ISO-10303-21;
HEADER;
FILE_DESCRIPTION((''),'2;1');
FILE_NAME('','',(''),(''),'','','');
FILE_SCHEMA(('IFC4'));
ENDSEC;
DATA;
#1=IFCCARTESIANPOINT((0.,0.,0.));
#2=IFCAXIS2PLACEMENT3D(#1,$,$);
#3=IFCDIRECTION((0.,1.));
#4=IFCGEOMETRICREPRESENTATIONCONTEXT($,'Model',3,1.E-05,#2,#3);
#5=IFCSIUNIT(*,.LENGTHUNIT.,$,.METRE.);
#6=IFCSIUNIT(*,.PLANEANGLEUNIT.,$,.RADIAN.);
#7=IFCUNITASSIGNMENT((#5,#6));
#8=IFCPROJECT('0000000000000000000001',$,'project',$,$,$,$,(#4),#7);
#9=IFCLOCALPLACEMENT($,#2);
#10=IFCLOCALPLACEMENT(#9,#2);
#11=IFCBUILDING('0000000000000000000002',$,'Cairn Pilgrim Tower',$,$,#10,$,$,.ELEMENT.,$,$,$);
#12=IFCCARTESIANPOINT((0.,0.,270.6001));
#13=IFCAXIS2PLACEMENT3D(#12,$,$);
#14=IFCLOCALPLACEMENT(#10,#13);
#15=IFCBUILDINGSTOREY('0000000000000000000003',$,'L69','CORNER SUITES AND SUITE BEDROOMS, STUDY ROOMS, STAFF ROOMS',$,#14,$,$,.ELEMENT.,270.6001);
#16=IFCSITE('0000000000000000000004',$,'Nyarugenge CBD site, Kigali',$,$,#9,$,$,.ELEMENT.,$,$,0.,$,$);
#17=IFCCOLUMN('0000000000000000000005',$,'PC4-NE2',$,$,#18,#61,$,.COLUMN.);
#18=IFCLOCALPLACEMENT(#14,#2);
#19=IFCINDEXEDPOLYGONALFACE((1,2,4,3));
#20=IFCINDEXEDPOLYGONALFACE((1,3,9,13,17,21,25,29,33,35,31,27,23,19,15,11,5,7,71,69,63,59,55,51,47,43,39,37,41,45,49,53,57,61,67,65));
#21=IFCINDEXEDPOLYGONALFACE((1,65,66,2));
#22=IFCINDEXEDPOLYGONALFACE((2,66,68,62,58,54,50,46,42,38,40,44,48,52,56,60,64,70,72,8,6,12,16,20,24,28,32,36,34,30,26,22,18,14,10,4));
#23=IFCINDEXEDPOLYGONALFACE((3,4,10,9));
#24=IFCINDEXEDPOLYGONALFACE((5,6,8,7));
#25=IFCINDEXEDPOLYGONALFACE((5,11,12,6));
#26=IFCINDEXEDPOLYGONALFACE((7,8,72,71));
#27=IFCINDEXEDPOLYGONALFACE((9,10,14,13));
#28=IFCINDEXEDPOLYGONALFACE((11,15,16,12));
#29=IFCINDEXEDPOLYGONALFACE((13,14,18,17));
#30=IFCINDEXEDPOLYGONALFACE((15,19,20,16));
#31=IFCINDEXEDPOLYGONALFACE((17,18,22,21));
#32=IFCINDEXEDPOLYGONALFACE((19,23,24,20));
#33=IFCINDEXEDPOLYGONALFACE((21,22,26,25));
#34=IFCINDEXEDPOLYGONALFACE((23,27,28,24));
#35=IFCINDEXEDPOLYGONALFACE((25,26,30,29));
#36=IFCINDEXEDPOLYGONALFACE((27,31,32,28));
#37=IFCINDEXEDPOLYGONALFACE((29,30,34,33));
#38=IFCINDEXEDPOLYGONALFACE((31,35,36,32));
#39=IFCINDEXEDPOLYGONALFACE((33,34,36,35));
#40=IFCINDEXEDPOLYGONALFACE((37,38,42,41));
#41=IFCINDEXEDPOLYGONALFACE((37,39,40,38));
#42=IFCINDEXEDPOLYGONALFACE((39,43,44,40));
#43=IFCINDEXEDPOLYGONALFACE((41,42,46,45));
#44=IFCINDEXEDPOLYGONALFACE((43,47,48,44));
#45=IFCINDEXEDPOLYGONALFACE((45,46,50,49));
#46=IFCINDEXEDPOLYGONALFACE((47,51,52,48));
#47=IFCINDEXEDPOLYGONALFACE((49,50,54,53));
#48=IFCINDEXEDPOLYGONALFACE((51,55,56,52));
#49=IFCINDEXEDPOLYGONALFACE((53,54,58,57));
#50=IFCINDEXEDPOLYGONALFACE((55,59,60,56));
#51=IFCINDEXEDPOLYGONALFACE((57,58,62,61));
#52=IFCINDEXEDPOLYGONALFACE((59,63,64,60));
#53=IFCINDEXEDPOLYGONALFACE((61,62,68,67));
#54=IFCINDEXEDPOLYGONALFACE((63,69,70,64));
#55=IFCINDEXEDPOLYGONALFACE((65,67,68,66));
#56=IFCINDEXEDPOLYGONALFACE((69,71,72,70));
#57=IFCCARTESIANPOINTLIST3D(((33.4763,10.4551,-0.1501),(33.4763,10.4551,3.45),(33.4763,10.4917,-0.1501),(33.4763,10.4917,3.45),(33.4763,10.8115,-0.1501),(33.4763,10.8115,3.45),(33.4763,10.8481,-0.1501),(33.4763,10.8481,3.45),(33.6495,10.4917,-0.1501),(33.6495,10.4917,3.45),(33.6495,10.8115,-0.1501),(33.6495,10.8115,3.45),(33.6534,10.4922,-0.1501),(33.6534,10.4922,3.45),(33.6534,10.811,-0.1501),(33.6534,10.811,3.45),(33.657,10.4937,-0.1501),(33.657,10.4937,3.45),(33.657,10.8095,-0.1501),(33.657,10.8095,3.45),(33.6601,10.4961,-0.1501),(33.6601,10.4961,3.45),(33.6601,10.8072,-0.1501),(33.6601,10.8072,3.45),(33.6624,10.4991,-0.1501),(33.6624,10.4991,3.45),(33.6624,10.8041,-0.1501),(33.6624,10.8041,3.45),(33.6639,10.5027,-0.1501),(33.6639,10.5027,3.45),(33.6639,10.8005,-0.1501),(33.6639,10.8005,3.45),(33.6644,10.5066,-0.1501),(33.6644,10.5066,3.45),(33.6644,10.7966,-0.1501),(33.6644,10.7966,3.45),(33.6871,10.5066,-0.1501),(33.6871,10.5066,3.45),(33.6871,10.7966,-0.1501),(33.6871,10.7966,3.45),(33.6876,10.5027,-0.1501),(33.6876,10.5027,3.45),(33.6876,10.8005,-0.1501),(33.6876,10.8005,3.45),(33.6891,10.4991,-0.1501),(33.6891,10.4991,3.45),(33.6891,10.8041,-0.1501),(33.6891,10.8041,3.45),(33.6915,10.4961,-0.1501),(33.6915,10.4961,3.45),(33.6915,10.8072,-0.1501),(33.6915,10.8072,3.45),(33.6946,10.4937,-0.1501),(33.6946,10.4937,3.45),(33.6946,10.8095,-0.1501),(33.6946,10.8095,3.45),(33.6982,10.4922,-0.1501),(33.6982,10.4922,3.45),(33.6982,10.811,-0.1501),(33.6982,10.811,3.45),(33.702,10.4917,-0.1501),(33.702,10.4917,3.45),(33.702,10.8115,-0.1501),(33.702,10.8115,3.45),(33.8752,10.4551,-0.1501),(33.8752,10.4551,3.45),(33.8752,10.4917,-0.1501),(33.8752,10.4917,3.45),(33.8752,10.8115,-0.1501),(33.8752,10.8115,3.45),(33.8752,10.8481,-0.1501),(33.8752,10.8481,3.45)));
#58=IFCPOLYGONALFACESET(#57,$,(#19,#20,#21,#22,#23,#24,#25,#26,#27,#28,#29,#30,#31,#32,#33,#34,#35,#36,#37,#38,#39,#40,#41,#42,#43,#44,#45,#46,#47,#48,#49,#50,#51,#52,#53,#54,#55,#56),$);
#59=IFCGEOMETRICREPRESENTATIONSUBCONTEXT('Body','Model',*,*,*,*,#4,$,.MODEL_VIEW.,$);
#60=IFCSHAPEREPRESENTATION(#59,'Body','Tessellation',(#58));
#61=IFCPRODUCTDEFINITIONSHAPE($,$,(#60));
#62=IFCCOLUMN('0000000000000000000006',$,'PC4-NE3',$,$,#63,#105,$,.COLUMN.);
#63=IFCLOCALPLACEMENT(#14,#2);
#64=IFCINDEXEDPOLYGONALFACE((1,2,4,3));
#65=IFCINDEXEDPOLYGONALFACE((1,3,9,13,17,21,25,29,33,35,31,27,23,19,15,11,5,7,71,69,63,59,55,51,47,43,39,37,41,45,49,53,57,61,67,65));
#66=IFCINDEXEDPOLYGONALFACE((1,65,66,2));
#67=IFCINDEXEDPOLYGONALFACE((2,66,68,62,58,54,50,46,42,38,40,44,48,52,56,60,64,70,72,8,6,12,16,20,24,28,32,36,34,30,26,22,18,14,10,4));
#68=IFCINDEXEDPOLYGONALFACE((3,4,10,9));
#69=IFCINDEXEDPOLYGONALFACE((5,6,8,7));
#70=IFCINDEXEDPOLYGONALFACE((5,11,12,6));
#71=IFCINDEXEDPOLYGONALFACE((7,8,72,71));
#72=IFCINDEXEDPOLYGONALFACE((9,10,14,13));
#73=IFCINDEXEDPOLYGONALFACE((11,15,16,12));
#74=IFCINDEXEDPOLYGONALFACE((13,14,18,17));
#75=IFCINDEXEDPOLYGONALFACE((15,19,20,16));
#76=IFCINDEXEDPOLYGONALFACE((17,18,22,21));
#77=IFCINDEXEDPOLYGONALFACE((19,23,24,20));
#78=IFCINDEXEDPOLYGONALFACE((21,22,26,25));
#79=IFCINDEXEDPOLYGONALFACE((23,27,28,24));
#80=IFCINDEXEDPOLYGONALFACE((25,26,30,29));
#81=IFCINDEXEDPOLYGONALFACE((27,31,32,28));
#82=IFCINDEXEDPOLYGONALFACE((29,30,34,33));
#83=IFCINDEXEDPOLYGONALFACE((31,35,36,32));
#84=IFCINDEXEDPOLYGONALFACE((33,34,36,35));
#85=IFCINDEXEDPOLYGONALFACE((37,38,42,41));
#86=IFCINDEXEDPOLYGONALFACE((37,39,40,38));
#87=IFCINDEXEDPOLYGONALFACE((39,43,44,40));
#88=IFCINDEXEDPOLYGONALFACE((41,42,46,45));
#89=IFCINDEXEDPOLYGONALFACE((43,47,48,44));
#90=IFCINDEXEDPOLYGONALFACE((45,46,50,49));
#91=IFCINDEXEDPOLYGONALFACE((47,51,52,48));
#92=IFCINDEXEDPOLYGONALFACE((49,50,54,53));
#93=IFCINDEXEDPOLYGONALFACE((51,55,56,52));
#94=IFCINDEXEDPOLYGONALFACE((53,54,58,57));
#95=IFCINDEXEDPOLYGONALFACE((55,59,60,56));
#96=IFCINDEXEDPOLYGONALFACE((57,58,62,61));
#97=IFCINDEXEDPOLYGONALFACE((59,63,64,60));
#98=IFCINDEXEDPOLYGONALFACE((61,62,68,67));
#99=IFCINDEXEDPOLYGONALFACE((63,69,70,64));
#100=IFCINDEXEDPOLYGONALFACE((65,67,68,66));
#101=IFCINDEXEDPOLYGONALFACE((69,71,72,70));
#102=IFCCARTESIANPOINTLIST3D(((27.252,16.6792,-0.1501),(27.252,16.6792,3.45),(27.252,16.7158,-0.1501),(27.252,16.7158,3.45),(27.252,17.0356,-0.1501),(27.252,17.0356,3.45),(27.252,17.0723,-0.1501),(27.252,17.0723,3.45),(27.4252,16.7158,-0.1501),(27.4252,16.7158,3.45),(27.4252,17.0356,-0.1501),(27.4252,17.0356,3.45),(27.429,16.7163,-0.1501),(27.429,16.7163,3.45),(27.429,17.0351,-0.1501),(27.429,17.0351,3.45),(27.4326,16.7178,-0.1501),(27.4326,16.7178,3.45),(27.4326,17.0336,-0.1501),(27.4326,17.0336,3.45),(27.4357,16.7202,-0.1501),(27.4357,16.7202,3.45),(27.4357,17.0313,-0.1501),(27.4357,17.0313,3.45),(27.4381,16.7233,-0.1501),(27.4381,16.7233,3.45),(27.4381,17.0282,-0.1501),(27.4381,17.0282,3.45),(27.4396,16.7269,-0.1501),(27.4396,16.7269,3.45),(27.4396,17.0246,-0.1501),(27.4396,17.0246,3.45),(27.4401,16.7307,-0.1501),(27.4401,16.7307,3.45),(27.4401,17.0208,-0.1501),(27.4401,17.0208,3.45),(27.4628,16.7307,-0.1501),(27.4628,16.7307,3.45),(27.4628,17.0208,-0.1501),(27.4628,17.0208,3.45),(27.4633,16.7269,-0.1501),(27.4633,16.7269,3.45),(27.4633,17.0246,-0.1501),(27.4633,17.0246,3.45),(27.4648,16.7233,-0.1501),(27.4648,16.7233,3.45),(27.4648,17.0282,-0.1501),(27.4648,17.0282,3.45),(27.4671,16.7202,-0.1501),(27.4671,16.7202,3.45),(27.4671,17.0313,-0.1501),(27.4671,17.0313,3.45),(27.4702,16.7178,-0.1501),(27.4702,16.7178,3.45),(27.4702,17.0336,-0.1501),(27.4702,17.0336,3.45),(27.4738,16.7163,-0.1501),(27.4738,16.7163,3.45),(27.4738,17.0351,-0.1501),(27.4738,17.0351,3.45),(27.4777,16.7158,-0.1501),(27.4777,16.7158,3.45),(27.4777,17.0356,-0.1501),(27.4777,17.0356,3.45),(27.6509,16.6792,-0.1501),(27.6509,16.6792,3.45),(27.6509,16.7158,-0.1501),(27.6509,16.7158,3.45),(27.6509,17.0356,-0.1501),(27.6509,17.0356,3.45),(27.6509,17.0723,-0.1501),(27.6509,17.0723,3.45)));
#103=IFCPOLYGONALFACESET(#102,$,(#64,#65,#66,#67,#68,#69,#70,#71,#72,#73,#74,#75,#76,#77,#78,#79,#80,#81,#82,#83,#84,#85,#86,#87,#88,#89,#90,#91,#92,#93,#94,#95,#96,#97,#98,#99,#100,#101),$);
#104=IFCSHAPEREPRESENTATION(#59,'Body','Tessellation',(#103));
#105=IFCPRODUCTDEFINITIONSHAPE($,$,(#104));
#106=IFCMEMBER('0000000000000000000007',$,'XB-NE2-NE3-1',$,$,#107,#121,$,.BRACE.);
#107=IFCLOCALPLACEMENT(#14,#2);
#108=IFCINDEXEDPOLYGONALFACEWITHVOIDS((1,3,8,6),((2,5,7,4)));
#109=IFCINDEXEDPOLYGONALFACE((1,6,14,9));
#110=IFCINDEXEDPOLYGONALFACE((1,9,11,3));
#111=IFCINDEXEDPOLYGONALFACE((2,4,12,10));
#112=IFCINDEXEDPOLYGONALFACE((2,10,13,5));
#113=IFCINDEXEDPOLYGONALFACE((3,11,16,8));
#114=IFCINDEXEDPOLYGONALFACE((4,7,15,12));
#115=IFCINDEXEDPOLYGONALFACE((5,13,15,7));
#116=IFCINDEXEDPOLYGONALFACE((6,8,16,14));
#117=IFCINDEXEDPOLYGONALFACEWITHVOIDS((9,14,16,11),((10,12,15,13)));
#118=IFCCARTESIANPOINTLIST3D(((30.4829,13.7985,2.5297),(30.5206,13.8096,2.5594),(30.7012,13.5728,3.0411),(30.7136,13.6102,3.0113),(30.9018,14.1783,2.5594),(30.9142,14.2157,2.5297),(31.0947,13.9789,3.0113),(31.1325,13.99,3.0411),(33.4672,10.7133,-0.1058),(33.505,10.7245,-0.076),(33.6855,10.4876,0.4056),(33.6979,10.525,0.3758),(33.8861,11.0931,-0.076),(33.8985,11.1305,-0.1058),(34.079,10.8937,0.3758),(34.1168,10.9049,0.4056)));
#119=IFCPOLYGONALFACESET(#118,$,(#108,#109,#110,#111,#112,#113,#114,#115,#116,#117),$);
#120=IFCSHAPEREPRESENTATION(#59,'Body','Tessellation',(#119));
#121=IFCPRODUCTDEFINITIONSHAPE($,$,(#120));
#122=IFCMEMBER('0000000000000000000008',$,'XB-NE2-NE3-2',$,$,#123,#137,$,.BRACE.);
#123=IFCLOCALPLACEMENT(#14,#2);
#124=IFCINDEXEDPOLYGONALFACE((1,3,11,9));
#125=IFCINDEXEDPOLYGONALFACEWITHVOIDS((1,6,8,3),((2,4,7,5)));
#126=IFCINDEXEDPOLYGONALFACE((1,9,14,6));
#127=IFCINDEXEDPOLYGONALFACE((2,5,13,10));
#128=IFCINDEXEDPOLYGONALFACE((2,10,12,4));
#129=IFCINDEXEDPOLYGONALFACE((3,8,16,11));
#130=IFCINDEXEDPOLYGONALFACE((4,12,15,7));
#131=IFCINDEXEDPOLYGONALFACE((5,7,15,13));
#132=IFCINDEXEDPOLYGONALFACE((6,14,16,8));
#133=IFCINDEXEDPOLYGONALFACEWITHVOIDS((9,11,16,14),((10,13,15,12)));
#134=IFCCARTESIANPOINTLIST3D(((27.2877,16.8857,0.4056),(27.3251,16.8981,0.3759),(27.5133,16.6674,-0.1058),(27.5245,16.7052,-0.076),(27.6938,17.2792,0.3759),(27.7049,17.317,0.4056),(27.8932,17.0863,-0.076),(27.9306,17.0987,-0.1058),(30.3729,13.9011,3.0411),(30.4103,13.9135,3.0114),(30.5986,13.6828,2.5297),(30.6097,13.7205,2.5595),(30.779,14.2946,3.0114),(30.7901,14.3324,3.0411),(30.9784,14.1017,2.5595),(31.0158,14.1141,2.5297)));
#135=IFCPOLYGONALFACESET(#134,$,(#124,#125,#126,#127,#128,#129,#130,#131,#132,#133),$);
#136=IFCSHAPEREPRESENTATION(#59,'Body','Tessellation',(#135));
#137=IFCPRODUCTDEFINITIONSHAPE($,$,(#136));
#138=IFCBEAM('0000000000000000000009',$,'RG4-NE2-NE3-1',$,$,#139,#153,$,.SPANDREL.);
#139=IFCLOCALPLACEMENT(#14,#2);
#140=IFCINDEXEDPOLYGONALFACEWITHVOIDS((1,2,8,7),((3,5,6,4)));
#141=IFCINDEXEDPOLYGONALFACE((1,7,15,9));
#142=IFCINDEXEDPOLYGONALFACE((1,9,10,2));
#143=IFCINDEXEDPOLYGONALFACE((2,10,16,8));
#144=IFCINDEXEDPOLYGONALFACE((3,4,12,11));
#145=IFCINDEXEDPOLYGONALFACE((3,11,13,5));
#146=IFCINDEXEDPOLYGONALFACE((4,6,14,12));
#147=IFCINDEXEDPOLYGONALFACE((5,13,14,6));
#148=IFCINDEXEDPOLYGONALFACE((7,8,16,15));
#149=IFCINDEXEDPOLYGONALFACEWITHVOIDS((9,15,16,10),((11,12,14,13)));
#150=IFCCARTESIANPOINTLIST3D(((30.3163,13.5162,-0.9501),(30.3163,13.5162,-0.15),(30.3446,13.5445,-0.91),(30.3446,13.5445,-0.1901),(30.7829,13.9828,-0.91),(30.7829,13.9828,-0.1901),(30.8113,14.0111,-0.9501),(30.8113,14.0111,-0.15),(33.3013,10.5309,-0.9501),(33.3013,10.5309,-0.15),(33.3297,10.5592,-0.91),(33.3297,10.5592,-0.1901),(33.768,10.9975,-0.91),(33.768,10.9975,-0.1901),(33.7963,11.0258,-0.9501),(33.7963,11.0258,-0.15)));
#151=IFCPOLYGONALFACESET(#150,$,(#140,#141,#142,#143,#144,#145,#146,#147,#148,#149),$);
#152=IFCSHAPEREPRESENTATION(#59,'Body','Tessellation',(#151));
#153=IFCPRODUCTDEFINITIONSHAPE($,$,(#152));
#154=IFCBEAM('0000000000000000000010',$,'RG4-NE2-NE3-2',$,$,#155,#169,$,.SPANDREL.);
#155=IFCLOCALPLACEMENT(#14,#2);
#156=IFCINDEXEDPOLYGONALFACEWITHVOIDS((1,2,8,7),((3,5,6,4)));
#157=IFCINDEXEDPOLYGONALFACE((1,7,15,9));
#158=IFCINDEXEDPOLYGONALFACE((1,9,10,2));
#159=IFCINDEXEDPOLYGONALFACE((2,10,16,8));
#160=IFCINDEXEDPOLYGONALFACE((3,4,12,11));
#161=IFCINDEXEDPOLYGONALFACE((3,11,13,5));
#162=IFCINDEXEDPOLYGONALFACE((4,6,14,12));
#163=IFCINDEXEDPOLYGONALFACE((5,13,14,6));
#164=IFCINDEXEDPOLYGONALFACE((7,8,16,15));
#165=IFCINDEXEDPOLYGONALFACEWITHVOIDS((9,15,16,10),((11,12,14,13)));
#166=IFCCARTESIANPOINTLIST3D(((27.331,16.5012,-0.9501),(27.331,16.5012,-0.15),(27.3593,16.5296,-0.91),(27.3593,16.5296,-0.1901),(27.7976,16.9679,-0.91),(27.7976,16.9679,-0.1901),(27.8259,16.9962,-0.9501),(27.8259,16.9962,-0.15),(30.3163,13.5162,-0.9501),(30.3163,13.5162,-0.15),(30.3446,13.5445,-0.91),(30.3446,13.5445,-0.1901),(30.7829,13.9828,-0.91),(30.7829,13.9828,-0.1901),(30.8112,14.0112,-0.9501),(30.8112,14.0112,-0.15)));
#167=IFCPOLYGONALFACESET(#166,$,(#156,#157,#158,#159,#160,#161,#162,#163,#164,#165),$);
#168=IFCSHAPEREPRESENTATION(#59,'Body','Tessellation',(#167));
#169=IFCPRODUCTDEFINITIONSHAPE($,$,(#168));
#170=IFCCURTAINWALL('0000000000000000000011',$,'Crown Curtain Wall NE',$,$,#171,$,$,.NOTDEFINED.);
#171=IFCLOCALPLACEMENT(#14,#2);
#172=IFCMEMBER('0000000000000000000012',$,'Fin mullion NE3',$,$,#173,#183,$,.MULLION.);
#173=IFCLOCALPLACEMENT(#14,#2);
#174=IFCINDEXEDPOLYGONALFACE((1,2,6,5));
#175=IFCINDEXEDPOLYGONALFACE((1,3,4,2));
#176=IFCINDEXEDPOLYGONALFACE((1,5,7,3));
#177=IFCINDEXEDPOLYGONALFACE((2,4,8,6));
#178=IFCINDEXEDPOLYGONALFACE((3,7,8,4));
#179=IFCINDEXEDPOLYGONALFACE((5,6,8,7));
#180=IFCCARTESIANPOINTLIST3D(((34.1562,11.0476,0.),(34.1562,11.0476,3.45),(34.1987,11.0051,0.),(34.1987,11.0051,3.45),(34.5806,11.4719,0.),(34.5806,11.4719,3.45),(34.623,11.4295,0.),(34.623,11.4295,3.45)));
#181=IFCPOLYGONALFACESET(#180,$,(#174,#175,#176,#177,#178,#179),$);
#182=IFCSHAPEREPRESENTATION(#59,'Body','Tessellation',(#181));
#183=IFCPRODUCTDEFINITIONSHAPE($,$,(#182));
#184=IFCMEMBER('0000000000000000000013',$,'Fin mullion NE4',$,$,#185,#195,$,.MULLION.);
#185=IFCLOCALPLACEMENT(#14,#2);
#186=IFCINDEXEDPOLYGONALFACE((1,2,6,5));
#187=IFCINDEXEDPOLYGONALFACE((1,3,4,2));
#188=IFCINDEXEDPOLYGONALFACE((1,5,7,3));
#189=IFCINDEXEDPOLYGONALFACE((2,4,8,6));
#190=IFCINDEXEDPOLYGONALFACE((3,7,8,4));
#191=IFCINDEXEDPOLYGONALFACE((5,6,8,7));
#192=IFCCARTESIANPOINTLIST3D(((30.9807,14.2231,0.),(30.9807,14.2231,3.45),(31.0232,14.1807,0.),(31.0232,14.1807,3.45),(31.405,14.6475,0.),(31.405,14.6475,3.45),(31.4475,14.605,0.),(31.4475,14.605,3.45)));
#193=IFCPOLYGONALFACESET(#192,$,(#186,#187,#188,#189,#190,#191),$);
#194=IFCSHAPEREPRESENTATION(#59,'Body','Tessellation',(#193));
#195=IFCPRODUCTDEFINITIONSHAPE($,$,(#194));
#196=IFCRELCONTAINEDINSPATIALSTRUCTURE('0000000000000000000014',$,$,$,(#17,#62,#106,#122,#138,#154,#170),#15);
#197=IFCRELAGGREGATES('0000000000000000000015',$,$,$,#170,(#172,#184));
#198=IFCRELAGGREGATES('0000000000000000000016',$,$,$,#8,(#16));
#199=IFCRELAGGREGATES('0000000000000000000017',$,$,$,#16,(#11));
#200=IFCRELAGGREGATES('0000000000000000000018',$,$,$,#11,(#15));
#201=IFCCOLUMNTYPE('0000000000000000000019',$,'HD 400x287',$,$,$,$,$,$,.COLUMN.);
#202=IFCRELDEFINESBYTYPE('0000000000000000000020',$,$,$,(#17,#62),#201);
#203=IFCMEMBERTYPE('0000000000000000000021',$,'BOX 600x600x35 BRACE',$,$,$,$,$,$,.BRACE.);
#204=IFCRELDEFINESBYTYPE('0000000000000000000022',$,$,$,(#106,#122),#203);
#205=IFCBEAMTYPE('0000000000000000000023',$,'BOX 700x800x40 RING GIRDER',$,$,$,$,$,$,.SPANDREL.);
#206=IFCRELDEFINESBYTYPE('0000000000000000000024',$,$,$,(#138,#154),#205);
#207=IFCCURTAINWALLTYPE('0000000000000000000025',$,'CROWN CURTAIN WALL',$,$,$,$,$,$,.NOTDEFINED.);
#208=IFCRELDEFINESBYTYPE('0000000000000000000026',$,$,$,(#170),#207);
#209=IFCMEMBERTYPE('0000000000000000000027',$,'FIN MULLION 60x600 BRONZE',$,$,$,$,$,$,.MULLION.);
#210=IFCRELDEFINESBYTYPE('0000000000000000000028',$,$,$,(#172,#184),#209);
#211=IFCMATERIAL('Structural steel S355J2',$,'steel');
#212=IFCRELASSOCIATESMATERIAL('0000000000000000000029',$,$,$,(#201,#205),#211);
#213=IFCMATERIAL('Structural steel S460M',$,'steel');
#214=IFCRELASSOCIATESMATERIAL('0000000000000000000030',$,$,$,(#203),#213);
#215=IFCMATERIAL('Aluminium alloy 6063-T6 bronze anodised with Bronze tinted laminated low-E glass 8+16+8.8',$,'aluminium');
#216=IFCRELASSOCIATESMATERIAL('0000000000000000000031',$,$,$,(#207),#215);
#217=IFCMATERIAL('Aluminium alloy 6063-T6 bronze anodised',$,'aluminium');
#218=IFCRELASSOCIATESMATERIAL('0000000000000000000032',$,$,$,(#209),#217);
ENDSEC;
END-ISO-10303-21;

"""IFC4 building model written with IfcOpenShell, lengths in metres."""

from ifc_helpers import new_model, si_unit, direction, frame, origin, origin_2d, place, context, subcontext, project, spatial, rectangle, hollow_rectangle, i_section, extrude, material, material_profile, profile_set, type_object, element, aggregate, save


model = new_model("IFC4")

# Units and contexts
model_context = context("Model", 3, precision=1e-05, world=origin(), true_north=direction((0.0, 1.0)))
body_context = subcontext(model_context, "Body", "Model", "MODEL_VIEW")
ifc_project = project(units=[si_unit("LENGTHUNIT", "METRE"), si_unit("PLANEANGLEUNIT", "RADIAN")], contexts=[model_context])

# Site, building, storey
site_placement = place(None, origin())
site = spatial("IfcSite", under=ifc_project, at=site_placement, Name="Nyarugenge CBD site, Kigali", CompositionType="ELEMENT", RefElevation=0.0)
building_placement = place(site_placement, origin())
building = spatial("IfcBuilding", under=site, at=building_placement, Name="Cairn Pilgrim Tower", CompositionType="ELEMENT")
storey_placement = place(building_placement, frame((0.0, 0.0, 270.6001)))
storey = spatial("IfcBuildingStorey", under=building, at=storey_placement, Name="L69", Description="CORNER SUITES AND SUITE BEDROOMS, STUDY ROOMS, STAFF ROOMS", CompositionType="ELEMENT", Elevation=270.6001)

# Columns
ifc_material_1 = material(Name="Structural steel S355J2", Category="steel")
ifc_material_profile_1 = material_profile(ifc_material_1, i_section(OverallWidth=0.3989, OverallDepth=0.3931, WebThickness=0.0227, FlangeThickness=0.0366, FilletRadius=0.0149, at=origin_2d()), Name="HD 400x287")
ifc_profile_set_1 = profile_set([ifc_material_profile_1], Name="Structural steel S355J2")
column_type = type_object("IfcColumnType", Name="HD 400x287", PredefinedType="COLUMN", material=ifc_profile_set_1)
for number, where, z_axis, x_axis, name in (
    (1, (33.6758, 10.6516, -0.1501), (0.0, 0.0, 1.0), (1.0, 0.0, 0.0), "PC4-NE2"),
    (2, (27.4514, 16.8757, -0.1501), (0.0, 0.0, 1.0), (1.0, 0.0, 0.0), "PC4-NE3"),
):
    element("IfcColumn", number, at=place(storey_placement, frame(where, z_axis=z_axis, x_axis=x_axis)), inside=storey, type_object=column_type, Name=name, PredefinedType="COLUMN", context=body_context, shape_type="SweptSolid", body=[
        extrude(i_section(OverallWidth=0.3989, OverallDepth=0.3931, WebThickness=0.0227, FlangeThickness=0.0366, FilletRadius=0.0149, at=origin_2d()), origin(), (0.0, 0.0, 1.0), 3.6001),
    ])

# Members
ifc_material_2 = material(Name="Structural steel S460M", Category="steel")
ifc_material_profile_2 = material_profile(ifc_material_2, hollow_rectangle(XDim=0.6001, YDim=0.6001, WallThickness=0.0349, at=origin_2d()), Name="BOX 600x600x35")
ifc_profile_set_2 = profile_set([ifc_material_profile_2], Name="Structural steel S460M")
member_type_1 = type_object("IfcMemberType", Name="BOX 600x600x35 BRACE", PredefinedType="BRACE", material=ifc_profile_set_2)
member_1_placement = place(storey_placement, frame((33.792, 10.8091, 0.1499), z_axis=(-0.592497, 0.612515, 0.523233), x_axis=(-0.718754, -0.695264, 0.0)))
element("IfcMember", 3, at=member_1_placement, inside=storey, type_object=member_type_1, Name="XB-NE2-NE3-1", PredefinedType="BRACE", context=body_context, shape_type="SweptSolid", body=[
    extrude(hollow_rectangle(XDim=0.6001, YDim=0.6001, WallThickness=0.0349, at=origin_2d()), origin(), (0.0, 0.0, 1.0), 5.0369),
])
member_2_placement = place(storey_placement, frame((27.6091, 16.9922, 0.1499), z_axis=(0.612497, -0.592528, 0.523218), x_axis=(0.695294, 0.718726, 0.0)))
element("IfcMember", 4, at=member_2_placement, inside=storey, type_object=member_type_1, Name="XB-NE2-NE3-2", PredefinedType="BRACE", context=body_context, shape_type="SweptSolid", body=[
    extrude(hollow_rectangle(XDim=0.6001, YDim=0.6001, WallThickness=0.0349, at=origin_2d()), origin(), (0.0, 0.0, 1.0), 5.0371),
])

# Beams
ifc_material_profile_3 = material_profile(ifc_material_1, hollow_rectangle(XDim=0.7, YDim=0.8, WallThickness=0.04, at=origin_2d()), Name="BOX 700x800x40")
ifc_profile_set_3 = profile_set([ifc_material_profile_3], Name="Structural steel S355J2")
beam_type_1 = type_object("IfcBeamType", Name="BOX 700x800x40 RING GIRDER", PredefinedType="SPANDREL", material=ifc_profile_set_3)
for number, where, z_axis, x_axis, name in (
    (5, (33.5488, 10.7783, -0.55), (-0.707078, 0.707136, 0.0), (-0.707136, -0.707078, 0.0), "RG4-NE2-NE3-1"),
    (6, (30.5637, 13.7637, -0.55), (-0.707136, 0.707078, 0.0), (-0.707078, -0.707136, 0.0), "RG4-NE2-NE3-2"),
):
    element("IfcBeam", number, at=place(storey_placement, frame(where, z_axis=z_axis, x_axis=x_axis)), inside=storey, type_object=beam_type_1, Name=name, PredefinedType="SPANDREL", context=body_context, shape_type="SweptSolid", body=[
        extrude(hollow_rectangle(XDim=0.7, YDim=0.8, WallThickness=0.04, at=origin_2d()), origin(), (0.0, 0.0, 1.0), 4.2217),
    ])

# Curtain wall, members
ifc_material_3 = material(Name="Aluminium alloy 6063-T6 bronze anodised with Bronze tinted laminated low-E glass 8+16+8.8", Category="aluminium")
curtain_wall_type = type_object("IfcCurtainWallType", Name="CROWN CURTAIN WALL", PredefinedType="NOTDEFINED", material=ifc_material_3)
curtain_wall_placement = place(storey_placement, origin())
curtain_wall = element("IfcCurtainWall", 7, at=curtain_wall_placement, inside=storey, type_object=curtain_wall_type, Name="Crown Curtain Wall NE", PredefinedType="NOTDEFINED")
ifc_material_4 = material(Name="Aluminium alloy 6063-T6 bronze anodised", Category="aluminium")
ifc_material_profile_4 = material_profile(ifc_material_4, rectangle(XDim=0.6001, YDim=0.0601, at=origin_2d()), Name="FIN MULLION 60x600 BRONZE")
ifc_profile_set_4 = profile_set([ifc_material_profile_4], Name="Aluminium alloy 6063-T6 bronze anodised")
member_type_2 = type_object("IfcMemberType", Name="FIN MULLION 60x600 BRONZE", PredefinedType="MULLION", material=ifc_profile_set_4)
member_3_placement = place(storey_placement, frame((34.3896, 11.2385, 0.0), z_axis=(0.0, 0.0, 1.0), x_axis=(0.707107, 0.707107, 0.0)))
member_3 = element("IfcMember", 8, at=member_3_placement, type_object=member_type_2, Name="Fin mullion NE3", PredefinedType="MULLION", context=body_context, shape_type="SweptSolid", body=[
    extrude(rectangle(XDim=0.6001, YDim=0.0601, at=origin_2d()), origin(), (0.0, 0.0, 1.0), 3.45),
])
member_4_placement = place(storey_placement, frame((31.2141, 14.4141, 0.0), z_axis=(0.0, 0.0, 1.0), x_axis=(0.707107, 0.707107, 0.0)))
member_4 = element("IfcMember", 9, at=member_4_placement, type_object=member_type_2, Name="Fin mullion NE4", PredefinedType="MULLION", context=body_context, shape_type="SweptSolid", body=[
    extrude(rectangle(XDim=0.6001, YDim=0.0601, at=origin_2d()), origin(), (0.0, 0.0, 1.0), 3.45),
])

aggregate(curtain_wall, [member_3, member_4])

save(model, "model.ifc")
